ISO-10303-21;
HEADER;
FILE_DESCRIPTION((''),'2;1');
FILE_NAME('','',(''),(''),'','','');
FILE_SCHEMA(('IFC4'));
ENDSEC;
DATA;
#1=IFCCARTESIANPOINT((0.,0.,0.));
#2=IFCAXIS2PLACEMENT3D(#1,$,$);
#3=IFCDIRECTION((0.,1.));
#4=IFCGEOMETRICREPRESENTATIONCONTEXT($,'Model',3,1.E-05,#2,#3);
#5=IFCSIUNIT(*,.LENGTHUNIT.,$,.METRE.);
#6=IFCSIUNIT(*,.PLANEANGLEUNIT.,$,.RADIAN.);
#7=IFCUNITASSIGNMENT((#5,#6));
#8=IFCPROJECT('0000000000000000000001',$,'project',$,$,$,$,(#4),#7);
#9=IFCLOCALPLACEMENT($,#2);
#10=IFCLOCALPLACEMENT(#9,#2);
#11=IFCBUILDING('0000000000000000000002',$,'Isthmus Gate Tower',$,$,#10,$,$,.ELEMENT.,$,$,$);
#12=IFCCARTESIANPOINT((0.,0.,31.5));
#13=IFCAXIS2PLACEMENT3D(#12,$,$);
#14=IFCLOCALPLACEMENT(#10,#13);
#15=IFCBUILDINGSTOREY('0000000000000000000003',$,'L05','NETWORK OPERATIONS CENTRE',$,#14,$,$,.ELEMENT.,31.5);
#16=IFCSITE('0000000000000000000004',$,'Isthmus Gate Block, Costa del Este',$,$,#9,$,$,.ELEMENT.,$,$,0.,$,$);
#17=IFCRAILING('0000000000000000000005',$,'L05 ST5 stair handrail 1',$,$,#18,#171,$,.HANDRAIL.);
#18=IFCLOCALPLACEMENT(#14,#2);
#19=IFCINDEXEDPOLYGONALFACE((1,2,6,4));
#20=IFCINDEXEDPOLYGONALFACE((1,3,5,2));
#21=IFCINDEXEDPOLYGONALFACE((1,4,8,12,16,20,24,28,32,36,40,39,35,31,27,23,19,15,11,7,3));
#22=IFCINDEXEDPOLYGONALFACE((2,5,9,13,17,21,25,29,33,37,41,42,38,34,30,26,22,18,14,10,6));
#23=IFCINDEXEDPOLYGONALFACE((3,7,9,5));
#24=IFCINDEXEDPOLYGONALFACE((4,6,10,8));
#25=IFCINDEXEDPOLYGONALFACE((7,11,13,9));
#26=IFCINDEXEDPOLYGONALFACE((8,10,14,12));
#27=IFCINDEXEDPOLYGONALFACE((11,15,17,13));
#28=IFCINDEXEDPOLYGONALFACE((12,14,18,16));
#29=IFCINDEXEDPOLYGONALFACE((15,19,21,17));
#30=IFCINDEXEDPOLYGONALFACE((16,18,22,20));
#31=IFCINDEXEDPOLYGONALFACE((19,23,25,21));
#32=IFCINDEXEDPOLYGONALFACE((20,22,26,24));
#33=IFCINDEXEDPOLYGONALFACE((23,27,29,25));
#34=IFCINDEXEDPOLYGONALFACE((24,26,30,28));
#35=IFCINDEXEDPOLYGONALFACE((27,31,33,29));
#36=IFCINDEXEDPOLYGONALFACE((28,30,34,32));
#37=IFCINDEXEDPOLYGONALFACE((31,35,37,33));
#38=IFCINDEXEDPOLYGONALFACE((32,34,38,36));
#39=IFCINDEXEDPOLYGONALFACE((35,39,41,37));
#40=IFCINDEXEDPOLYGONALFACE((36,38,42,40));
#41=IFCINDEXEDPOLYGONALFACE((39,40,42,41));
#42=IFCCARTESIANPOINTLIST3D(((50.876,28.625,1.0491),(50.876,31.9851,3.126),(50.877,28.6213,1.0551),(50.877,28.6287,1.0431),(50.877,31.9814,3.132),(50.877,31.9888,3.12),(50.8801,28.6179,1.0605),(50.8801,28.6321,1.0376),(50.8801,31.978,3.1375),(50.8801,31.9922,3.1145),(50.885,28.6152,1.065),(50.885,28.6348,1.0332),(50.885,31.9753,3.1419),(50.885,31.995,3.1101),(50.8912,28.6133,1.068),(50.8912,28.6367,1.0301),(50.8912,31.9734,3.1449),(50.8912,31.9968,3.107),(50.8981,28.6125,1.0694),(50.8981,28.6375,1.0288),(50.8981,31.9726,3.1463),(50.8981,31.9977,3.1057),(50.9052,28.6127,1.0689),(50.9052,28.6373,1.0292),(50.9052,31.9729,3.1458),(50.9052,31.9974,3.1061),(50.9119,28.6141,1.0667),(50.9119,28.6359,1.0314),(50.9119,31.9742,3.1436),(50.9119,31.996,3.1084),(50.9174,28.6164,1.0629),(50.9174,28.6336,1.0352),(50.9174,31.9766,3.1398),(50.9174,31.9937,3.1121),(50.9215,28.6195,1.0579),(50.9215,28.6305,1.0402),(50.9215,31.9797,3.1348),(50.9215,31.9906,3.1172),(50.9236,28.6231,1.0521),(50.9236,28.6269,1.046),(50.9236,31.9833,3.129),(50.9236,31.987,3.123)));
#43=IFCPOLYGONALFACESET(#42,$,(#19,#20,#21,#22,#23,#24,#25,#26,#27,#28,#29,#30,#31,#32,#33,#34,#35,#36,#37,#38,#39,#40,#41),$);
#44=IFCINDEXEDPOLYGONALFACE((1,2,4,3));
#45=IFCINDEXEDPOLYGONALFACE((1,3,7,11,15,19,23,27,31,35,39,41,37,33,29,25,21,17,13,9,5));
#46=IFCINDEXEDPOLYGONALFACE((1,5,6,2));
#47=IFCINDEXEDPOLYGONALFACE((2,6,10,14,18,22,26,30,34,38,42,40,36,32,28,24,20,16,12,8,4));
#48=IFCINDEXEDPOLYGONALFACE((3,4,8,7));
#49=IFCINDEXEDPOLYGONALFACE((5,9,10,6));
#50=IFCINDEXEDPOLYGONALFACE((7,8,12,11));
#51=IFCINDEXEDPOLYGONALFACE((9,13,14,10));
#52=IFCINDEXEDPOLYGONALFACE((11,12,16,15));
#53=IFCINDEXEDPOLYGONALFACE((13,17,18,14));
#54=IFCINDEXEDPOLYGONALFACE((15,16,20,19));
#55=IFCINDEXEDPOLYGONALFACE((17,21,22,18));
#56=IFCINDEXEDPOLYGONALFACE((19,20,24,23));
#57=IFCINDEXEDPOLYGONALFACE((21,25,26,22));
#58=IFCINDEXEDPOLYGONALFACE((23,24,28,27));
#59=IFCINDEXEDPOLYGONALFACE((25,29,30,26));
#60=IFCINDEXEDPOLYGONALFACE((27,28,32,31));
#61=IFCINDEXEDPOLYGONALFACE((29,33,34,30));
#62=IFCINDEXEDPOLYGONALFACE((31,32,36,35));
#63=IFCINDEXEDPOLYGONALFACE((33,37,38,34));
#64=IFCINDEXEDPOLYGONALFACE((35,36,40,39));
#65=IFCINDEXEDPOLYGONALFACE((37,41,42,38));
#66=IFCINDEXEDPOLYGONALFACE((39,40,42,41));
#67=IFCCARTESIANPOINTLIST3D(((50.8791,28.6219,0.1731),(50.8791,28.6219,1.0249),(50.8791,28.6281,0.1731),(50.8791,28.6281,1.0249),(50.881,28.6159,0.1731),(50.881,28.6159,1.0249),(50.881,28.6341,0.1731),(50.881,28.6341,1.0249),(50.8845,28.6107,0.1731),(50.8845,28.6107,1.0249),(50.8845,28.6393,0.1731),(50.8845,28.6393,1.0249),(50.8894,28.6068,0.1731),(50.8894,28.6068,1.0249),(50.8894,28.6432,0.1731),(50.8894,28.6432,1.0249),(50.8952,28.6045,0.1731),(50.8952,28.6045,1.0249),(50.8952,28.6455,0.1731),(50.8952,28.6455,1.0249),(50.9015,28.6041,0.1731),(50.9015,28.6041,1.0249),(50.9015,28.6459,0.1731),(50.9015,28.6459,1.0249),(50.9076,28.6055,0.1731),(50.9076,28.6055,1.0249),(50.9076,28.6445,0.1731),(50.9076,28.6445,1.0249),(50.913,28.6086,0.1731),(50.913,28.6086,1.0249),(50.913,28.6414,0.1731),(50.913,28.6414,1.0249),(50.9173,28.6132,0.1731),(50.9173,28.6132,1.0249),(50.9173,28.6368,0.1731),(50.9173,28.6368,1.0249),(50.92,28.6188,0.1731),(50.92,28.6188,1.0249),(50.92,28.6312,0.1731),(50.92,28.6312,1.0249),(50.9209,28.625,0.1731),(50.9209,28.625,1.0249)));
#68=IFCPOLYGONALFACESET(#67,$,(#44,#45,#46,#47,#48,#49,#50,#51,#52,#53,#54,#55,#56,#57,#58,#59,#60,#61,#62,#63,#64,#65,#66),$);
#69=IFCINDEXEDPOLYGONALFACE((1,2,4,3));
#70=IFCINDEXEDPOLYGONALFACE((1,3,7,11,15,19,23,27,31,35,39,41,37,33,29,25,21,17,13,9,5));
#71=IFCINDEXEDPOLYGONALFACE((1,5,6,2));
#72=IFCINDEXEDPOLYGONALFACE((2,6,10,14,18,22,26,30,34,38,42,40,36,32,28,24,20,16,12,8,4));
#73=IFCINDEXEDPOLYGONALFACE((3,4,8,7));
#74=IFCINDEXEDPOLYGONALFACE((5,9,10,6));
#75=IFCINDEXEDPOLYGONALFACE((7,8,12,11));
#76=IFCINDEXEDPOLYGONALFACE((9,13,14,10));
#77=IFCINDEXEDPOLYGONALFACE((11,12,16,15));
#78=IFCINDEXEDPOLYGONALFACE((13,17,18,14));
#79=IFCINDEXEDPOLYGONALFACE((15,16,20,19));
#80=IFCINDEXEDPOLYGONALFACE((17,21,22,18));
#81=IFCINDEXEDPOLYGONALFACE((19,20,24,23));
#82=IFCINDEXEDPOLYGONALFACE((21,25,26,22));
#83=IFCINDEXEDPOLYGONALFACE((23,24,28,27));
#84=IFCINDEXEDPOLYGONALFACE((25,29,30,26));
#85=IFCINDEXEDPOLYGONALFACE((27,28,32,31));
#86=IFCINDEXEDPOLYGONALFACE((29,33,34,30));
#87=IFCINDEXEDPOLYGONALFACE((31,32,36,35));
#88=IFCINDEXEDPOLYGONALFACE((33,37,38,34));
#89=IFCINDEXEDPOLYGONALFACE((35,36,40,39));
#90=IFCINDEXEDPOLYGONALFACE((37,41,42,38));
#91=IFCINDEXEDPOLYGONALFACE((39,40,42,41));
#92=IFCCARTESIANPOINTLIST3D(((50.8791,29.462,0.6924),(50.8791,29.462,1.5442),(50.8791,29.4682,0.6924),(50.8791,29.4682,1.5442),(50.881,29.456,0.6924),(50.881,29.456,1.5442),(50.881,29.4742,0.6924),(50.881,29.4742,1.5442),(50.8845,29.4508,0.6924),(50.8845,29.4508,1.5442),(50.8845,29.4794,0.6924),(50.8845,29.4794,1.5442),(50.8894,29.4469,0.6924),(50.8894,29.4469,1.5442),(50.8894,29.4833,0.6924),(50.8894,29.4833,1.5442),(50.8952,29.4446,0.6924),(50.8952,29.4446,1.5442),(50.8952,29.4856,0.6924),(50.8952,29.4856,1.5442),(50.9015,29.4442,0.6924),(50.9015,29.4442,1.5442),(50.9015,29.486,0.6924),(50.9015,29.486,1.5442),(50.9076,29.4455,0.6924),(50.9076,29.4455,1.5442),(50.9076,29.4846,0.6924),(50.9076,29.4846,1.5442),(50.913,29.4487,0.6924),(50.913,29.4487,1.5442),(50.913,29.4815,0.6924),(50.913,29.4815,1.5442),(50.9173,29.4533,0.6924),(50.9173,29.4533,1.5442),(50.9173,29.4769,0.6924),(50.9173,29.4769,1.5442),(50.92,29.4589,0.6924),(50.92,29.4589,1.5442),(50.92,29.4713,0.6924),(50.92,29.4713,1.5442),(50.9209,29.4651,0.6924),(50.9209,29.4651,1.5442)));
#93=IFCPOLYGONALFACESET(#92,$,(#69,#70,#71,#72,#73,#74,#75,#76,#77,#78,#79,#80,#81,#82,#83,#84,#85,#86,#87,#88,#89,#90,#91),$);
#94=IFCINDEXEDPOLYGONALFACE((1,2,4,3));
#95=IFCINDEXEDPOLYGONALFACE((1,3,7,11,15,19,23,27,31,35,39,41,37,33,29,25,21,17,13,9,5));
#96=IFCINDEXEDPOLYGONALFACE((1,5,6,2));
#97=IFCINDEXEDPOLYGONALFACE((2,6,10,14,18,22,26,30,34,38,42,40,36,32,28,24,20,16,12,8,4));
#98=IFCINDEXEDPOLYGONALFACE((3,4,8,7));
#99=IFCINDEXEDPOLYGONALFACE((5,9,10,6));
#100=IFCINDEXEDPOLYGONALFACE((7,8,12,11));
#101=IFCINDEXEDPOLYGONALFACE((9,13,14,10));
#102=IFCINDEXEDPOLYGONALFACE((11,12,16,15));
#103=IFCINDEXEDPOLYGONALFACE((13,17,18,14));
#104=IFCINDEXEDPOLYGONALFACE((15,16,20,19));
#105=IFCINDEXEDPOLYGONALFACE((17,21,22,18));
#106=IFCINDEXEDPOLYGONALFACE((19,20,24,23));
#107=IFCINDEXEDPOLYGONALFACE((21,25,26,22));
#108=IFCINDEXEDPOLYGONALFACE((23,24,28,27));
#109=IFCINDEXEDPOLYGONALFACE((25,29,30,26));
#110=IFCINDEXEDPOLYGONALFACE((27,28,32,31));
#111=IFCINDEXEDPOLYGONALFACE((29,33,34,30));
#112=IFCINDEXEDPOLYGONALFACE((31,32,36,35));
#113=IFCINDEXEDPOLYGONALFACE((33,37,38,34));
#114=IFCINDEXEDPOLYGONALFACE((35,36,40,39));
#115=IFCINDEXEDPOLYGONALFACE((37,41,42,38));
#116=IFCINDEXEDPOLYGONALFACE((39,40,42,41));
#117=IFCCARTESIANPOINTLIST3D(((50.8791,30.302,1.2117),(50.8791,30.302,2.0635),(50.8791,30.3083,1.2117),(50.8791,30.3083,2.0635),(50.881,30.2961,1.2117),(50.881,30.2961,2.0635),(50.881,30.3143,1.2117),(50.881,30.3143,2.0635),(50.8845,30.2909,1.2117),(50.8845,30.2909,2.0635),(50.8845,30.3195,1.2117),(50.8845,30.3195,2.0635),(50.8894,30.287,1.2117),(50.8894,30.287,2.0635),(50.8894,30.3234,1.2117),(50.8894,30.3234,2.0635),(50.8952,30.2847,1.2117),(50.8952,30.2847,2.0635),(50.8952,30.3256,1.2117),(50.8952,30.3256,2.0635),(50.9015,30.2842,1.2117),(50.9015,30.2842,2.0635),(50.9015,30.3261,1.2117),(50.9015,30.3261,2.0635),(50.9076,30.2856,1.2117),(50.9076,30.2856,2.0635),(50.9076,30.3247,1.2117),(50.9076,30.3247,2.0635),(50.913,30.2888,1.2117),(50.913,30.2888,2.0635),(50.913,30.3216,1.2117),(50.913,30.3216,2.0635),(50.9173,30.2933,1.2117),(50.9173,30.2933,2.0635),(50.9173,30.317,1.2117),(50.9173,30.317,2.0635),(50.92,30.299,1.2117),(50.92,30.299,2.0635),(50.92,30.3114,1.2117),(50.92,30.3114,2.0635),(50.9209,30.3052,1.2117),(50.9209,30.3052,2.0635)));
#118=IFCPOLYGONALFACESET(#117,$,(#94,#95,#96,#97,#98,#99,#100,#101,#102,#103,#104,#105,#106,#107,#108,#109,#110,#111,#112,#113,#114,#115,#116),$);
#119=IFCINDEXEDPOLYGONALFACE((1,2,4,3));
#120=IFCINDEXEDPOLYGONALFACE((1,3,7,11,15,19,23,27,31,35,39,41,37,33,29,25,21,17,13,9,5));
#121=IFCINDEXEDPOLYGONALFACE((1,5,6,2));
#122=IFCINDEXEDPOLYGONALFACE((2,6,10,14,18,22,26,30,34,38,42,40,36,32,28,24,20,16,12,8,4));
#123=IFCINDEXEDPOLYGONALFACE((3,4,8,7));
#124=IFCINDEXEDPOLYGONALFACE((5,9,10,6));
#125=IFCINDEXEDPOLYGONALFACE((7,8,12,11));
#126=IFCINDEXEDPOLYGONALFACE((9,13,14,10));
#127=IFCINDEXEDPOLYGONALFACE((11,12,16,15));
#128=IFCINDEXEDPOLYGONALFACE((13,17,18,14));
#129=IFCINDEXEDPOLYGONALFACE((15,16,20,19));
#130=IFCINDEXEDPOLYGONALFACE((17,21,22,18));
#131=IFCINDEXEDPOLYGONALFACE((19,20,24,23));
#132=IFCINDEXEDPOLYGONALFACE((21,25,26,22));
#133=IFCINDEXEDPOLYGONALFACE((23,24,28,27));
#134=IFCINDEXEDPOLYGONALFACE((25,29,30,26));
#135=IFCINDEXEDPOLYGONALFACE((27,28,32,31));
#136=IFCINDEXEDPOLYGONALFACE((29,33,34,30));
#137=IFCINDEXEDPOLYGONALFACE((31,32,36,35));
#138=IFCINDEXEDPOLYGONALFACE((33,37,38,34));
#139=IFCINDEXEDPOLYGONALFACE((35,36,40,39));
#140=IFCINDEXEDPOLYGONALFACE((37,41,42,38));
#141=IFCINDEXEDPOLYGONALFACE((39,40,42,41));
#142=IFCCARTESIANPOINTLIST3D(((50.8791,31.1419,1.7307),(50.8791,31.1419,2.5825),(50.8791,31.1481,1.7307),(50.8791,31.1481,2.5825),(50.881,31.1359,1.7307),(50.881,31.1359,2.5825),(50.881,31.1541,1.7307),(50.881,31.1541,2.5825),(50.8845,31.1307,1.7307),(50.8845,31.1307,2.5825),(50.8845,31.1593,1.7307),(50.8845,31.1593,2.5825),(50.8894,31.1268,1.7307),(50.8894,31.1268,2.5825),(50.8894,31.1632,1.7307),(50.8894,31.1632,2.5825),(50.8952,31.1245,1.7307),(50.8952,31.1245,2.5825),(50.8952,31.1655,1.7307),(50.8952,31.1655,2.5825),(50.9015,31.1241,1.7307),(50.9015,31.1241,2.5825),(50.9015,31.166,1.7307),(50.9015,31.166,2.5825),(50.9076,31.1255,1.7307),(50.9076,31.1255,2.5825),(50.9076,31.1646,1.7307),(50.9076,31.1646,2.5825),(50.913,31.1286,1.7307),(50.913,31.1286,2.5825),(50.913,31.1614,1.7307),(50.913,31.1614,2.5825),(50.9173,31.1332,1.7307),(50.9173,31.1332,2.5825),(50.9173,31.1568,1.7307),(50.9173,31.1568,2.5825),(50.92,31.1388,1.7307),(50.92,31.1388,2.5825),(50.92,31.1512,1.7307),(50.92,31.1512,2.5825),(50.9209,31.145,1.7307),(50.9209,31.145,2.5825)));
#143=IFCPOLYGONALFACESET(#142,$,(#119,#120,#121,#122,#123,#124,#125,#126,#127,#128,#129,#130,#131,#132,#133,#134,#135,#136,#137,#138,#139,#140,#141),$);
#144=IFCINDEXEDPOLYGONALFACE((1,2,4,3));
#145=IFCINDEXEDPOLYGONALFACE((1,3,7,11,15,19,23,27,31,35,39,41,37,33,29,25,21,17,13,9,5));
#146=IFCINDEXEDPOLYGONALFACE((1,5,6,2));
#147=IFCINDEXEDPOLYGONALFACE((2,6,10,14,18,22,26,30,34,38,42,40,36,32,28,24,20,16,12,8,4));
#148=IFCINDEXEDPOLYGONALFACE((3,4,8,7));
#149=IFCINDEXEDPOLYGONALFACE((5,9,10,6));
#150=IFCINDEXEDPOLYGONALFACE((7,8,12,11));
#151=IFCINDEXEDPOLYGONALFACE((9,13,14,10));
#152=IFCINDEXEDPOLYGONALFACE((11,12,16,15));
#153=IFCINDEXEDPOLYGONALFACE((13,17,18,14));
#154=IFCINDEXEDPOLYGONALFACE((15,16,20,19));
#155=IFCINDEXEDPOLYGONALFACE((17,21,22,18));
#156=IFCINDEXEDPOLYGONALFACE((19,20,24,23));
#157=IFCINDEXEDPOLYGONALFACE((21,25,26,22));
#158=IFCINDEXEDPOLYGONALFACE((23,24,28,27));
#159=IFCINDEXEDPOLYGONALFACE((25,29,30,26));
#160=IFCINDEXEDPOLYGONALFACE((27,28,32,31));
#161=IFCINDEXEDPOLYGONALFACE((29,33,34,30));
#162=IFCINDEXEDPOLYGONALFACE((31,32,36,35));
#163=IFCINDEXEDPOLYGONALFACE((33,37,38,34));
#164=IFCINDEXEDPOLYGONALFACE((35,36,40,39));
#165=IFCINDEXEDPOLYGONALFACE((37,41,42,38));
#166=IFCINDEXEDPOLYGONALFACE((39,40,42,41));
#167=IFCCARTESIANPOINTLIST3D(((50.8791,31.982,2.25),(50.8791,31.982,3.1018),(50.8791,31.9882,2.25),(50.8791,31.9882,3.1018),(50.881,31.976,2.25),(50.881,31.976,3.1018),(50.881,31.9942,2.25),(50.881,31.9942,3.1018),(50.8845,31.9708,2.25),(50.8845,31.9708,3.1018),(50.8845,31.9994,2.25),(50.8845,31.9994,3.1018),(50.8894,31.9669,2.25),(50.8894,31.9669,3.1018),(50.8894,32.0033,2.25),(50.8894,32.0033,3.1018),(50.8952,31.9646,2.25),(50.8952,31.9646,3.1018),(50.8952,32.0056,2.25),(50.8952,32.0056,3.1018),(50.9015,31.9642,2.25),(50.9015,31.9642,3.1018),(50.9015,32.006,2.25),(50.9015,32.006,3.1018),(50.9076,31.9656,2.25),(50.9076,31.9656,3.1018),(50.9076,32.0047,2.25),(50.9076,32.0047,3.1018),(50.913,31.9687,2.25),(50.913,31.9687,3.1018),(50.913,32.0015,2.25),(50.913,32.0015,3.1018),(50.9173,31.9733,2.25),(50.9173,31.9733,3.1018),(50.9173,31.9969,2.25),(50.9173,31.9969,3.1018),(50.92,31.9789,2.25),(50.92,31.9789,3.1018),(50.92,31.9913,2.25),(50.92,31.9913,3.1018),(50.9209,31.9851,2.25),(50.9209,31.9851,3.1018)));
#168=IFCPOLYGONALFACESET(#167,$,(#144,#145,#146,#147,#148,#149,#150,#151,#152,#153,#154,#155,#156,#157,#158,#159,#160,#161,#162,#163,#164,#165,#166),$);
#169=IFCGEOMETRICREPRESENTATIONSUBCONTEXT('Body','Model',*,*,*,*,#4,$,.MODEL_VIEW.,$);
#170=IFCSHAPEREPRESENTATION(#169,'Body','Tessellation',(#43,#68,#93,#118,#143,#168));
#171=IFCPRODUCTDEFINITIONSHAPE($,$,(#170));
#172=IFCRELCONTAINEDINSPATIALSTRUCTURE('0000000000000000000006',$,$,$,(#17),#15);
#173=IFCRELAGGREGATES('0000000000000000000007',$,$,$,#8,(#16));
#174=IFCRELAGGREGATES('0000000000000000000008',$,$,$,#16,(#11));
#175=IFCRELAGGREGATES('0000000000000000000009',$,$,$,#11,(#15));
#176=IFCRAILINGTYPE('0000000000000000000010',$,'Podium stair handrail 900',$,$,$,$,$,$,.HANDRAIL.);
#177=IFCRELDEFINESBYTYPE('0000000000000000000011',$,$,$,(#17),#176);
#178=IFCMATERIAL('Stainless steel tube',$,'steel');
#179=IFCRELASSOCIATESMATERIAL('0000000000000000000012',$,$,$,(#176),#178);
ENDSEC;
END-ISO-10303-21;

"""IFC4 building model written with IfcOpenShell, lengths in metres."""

from ifc_helpers import new_model, si_unit, direction, frame, origin, origin_2d, place, context, subcontext, project, spatial, circle, extrude, material, type_object, element, save


model = new_model("IFC4")

# Units and contexts
model_context = context("Model", 3, precision=1e-05, world=origin(), true_north=direction((0.0, 1.0)))
body_context = subcontext(model_context, "Body", "Model", "MODEL_VIEW")
ifc_project = project(units=[si_unit("LENGTHUNIT", "METRE"), si_unit("PLANEANGLEUNIT", "RADIAN")], contexts=[model_context])

# Site, building, storey
site_placement = place(None, origin())
site = spatial("IfcSite", under=ifc_project, at=site_placement, Name="Isthmus Gate Block, Costa del Este", CompositionType="ELEMENT", RefElevation=0.0)
building_placement = place(site_placement, origin())
building = spatial("IfcBuilding", under=site, at=building_placement, Name="Isthmus Gate Tower", CompositionType="ELEMENT")
storey_placement = place(building_placement, frame((0.0, 0.0, 31.5)))
storey = spatial("IfcBuildingStorey", under=building, at=storey_placement, Name="L05", Description="NETWORK OPERATIONS CENTRE", CompositionType="ELEMENT", Elevation=31.5)

# Railing
ifc_material_1 = material(Name="Stainless steel tube", Category="steel")
railing_type_1 = type_object("IfcRailingType", Name="Podium stair handrail 900", PredefinedType="HANDRAIL", material=ifc_material_1)
railing_1_placement = place(storey_placement, frame((50.8999, 28.625, 0.1731)))
element("IfcRailing", 1, at=railing_1_placement, inside=storey, type_object=railing_type_1, Name="L05 ST5 stair handrail 1", PredefinedType="HANDRAIL", context=body_context, shape_type="SweptSolid", body=[
    extrude(circle(Radius=0.0239, at=origin_2d()), frame((0.0, 0.0, 0.876), z_axis=(0.0, 0.850623, 0.525776), x_axis=(-1.0, 0.0, 0.0)), (0.0, 0.0, 1.0), 3.9502),
    extrude(circle(Radius=0.021, at=origin_2d()), origin(), (0.0, 0.0, 1.0), 0.8518),
    extrude(circle(Radius=0.021, at=origin_2d()), frame((0.0, 0.8401, 0.5193)), (0.0, 0.0, 1.0), 0.8518),
    extrude(circle(Radius=0.021, at=origin_2d()), frame((0.0, 1.6802, 1.0386)), (0.0, 0.0, 1.0), 0.8518),
    extrude(circle(Radius=0.021, at=origin_2d()), frame((0.0, 2.52, 1.5576)), (0.0, 0.0, 1.0), 0.8518),
    extrude(circle(Radius=0.021, at=origin_2d()), frame((0.0, 3.3601, 2.0769)), (0.0, 0.0, 1.0), 0.8518),
])

save(model, "model.ifc")
